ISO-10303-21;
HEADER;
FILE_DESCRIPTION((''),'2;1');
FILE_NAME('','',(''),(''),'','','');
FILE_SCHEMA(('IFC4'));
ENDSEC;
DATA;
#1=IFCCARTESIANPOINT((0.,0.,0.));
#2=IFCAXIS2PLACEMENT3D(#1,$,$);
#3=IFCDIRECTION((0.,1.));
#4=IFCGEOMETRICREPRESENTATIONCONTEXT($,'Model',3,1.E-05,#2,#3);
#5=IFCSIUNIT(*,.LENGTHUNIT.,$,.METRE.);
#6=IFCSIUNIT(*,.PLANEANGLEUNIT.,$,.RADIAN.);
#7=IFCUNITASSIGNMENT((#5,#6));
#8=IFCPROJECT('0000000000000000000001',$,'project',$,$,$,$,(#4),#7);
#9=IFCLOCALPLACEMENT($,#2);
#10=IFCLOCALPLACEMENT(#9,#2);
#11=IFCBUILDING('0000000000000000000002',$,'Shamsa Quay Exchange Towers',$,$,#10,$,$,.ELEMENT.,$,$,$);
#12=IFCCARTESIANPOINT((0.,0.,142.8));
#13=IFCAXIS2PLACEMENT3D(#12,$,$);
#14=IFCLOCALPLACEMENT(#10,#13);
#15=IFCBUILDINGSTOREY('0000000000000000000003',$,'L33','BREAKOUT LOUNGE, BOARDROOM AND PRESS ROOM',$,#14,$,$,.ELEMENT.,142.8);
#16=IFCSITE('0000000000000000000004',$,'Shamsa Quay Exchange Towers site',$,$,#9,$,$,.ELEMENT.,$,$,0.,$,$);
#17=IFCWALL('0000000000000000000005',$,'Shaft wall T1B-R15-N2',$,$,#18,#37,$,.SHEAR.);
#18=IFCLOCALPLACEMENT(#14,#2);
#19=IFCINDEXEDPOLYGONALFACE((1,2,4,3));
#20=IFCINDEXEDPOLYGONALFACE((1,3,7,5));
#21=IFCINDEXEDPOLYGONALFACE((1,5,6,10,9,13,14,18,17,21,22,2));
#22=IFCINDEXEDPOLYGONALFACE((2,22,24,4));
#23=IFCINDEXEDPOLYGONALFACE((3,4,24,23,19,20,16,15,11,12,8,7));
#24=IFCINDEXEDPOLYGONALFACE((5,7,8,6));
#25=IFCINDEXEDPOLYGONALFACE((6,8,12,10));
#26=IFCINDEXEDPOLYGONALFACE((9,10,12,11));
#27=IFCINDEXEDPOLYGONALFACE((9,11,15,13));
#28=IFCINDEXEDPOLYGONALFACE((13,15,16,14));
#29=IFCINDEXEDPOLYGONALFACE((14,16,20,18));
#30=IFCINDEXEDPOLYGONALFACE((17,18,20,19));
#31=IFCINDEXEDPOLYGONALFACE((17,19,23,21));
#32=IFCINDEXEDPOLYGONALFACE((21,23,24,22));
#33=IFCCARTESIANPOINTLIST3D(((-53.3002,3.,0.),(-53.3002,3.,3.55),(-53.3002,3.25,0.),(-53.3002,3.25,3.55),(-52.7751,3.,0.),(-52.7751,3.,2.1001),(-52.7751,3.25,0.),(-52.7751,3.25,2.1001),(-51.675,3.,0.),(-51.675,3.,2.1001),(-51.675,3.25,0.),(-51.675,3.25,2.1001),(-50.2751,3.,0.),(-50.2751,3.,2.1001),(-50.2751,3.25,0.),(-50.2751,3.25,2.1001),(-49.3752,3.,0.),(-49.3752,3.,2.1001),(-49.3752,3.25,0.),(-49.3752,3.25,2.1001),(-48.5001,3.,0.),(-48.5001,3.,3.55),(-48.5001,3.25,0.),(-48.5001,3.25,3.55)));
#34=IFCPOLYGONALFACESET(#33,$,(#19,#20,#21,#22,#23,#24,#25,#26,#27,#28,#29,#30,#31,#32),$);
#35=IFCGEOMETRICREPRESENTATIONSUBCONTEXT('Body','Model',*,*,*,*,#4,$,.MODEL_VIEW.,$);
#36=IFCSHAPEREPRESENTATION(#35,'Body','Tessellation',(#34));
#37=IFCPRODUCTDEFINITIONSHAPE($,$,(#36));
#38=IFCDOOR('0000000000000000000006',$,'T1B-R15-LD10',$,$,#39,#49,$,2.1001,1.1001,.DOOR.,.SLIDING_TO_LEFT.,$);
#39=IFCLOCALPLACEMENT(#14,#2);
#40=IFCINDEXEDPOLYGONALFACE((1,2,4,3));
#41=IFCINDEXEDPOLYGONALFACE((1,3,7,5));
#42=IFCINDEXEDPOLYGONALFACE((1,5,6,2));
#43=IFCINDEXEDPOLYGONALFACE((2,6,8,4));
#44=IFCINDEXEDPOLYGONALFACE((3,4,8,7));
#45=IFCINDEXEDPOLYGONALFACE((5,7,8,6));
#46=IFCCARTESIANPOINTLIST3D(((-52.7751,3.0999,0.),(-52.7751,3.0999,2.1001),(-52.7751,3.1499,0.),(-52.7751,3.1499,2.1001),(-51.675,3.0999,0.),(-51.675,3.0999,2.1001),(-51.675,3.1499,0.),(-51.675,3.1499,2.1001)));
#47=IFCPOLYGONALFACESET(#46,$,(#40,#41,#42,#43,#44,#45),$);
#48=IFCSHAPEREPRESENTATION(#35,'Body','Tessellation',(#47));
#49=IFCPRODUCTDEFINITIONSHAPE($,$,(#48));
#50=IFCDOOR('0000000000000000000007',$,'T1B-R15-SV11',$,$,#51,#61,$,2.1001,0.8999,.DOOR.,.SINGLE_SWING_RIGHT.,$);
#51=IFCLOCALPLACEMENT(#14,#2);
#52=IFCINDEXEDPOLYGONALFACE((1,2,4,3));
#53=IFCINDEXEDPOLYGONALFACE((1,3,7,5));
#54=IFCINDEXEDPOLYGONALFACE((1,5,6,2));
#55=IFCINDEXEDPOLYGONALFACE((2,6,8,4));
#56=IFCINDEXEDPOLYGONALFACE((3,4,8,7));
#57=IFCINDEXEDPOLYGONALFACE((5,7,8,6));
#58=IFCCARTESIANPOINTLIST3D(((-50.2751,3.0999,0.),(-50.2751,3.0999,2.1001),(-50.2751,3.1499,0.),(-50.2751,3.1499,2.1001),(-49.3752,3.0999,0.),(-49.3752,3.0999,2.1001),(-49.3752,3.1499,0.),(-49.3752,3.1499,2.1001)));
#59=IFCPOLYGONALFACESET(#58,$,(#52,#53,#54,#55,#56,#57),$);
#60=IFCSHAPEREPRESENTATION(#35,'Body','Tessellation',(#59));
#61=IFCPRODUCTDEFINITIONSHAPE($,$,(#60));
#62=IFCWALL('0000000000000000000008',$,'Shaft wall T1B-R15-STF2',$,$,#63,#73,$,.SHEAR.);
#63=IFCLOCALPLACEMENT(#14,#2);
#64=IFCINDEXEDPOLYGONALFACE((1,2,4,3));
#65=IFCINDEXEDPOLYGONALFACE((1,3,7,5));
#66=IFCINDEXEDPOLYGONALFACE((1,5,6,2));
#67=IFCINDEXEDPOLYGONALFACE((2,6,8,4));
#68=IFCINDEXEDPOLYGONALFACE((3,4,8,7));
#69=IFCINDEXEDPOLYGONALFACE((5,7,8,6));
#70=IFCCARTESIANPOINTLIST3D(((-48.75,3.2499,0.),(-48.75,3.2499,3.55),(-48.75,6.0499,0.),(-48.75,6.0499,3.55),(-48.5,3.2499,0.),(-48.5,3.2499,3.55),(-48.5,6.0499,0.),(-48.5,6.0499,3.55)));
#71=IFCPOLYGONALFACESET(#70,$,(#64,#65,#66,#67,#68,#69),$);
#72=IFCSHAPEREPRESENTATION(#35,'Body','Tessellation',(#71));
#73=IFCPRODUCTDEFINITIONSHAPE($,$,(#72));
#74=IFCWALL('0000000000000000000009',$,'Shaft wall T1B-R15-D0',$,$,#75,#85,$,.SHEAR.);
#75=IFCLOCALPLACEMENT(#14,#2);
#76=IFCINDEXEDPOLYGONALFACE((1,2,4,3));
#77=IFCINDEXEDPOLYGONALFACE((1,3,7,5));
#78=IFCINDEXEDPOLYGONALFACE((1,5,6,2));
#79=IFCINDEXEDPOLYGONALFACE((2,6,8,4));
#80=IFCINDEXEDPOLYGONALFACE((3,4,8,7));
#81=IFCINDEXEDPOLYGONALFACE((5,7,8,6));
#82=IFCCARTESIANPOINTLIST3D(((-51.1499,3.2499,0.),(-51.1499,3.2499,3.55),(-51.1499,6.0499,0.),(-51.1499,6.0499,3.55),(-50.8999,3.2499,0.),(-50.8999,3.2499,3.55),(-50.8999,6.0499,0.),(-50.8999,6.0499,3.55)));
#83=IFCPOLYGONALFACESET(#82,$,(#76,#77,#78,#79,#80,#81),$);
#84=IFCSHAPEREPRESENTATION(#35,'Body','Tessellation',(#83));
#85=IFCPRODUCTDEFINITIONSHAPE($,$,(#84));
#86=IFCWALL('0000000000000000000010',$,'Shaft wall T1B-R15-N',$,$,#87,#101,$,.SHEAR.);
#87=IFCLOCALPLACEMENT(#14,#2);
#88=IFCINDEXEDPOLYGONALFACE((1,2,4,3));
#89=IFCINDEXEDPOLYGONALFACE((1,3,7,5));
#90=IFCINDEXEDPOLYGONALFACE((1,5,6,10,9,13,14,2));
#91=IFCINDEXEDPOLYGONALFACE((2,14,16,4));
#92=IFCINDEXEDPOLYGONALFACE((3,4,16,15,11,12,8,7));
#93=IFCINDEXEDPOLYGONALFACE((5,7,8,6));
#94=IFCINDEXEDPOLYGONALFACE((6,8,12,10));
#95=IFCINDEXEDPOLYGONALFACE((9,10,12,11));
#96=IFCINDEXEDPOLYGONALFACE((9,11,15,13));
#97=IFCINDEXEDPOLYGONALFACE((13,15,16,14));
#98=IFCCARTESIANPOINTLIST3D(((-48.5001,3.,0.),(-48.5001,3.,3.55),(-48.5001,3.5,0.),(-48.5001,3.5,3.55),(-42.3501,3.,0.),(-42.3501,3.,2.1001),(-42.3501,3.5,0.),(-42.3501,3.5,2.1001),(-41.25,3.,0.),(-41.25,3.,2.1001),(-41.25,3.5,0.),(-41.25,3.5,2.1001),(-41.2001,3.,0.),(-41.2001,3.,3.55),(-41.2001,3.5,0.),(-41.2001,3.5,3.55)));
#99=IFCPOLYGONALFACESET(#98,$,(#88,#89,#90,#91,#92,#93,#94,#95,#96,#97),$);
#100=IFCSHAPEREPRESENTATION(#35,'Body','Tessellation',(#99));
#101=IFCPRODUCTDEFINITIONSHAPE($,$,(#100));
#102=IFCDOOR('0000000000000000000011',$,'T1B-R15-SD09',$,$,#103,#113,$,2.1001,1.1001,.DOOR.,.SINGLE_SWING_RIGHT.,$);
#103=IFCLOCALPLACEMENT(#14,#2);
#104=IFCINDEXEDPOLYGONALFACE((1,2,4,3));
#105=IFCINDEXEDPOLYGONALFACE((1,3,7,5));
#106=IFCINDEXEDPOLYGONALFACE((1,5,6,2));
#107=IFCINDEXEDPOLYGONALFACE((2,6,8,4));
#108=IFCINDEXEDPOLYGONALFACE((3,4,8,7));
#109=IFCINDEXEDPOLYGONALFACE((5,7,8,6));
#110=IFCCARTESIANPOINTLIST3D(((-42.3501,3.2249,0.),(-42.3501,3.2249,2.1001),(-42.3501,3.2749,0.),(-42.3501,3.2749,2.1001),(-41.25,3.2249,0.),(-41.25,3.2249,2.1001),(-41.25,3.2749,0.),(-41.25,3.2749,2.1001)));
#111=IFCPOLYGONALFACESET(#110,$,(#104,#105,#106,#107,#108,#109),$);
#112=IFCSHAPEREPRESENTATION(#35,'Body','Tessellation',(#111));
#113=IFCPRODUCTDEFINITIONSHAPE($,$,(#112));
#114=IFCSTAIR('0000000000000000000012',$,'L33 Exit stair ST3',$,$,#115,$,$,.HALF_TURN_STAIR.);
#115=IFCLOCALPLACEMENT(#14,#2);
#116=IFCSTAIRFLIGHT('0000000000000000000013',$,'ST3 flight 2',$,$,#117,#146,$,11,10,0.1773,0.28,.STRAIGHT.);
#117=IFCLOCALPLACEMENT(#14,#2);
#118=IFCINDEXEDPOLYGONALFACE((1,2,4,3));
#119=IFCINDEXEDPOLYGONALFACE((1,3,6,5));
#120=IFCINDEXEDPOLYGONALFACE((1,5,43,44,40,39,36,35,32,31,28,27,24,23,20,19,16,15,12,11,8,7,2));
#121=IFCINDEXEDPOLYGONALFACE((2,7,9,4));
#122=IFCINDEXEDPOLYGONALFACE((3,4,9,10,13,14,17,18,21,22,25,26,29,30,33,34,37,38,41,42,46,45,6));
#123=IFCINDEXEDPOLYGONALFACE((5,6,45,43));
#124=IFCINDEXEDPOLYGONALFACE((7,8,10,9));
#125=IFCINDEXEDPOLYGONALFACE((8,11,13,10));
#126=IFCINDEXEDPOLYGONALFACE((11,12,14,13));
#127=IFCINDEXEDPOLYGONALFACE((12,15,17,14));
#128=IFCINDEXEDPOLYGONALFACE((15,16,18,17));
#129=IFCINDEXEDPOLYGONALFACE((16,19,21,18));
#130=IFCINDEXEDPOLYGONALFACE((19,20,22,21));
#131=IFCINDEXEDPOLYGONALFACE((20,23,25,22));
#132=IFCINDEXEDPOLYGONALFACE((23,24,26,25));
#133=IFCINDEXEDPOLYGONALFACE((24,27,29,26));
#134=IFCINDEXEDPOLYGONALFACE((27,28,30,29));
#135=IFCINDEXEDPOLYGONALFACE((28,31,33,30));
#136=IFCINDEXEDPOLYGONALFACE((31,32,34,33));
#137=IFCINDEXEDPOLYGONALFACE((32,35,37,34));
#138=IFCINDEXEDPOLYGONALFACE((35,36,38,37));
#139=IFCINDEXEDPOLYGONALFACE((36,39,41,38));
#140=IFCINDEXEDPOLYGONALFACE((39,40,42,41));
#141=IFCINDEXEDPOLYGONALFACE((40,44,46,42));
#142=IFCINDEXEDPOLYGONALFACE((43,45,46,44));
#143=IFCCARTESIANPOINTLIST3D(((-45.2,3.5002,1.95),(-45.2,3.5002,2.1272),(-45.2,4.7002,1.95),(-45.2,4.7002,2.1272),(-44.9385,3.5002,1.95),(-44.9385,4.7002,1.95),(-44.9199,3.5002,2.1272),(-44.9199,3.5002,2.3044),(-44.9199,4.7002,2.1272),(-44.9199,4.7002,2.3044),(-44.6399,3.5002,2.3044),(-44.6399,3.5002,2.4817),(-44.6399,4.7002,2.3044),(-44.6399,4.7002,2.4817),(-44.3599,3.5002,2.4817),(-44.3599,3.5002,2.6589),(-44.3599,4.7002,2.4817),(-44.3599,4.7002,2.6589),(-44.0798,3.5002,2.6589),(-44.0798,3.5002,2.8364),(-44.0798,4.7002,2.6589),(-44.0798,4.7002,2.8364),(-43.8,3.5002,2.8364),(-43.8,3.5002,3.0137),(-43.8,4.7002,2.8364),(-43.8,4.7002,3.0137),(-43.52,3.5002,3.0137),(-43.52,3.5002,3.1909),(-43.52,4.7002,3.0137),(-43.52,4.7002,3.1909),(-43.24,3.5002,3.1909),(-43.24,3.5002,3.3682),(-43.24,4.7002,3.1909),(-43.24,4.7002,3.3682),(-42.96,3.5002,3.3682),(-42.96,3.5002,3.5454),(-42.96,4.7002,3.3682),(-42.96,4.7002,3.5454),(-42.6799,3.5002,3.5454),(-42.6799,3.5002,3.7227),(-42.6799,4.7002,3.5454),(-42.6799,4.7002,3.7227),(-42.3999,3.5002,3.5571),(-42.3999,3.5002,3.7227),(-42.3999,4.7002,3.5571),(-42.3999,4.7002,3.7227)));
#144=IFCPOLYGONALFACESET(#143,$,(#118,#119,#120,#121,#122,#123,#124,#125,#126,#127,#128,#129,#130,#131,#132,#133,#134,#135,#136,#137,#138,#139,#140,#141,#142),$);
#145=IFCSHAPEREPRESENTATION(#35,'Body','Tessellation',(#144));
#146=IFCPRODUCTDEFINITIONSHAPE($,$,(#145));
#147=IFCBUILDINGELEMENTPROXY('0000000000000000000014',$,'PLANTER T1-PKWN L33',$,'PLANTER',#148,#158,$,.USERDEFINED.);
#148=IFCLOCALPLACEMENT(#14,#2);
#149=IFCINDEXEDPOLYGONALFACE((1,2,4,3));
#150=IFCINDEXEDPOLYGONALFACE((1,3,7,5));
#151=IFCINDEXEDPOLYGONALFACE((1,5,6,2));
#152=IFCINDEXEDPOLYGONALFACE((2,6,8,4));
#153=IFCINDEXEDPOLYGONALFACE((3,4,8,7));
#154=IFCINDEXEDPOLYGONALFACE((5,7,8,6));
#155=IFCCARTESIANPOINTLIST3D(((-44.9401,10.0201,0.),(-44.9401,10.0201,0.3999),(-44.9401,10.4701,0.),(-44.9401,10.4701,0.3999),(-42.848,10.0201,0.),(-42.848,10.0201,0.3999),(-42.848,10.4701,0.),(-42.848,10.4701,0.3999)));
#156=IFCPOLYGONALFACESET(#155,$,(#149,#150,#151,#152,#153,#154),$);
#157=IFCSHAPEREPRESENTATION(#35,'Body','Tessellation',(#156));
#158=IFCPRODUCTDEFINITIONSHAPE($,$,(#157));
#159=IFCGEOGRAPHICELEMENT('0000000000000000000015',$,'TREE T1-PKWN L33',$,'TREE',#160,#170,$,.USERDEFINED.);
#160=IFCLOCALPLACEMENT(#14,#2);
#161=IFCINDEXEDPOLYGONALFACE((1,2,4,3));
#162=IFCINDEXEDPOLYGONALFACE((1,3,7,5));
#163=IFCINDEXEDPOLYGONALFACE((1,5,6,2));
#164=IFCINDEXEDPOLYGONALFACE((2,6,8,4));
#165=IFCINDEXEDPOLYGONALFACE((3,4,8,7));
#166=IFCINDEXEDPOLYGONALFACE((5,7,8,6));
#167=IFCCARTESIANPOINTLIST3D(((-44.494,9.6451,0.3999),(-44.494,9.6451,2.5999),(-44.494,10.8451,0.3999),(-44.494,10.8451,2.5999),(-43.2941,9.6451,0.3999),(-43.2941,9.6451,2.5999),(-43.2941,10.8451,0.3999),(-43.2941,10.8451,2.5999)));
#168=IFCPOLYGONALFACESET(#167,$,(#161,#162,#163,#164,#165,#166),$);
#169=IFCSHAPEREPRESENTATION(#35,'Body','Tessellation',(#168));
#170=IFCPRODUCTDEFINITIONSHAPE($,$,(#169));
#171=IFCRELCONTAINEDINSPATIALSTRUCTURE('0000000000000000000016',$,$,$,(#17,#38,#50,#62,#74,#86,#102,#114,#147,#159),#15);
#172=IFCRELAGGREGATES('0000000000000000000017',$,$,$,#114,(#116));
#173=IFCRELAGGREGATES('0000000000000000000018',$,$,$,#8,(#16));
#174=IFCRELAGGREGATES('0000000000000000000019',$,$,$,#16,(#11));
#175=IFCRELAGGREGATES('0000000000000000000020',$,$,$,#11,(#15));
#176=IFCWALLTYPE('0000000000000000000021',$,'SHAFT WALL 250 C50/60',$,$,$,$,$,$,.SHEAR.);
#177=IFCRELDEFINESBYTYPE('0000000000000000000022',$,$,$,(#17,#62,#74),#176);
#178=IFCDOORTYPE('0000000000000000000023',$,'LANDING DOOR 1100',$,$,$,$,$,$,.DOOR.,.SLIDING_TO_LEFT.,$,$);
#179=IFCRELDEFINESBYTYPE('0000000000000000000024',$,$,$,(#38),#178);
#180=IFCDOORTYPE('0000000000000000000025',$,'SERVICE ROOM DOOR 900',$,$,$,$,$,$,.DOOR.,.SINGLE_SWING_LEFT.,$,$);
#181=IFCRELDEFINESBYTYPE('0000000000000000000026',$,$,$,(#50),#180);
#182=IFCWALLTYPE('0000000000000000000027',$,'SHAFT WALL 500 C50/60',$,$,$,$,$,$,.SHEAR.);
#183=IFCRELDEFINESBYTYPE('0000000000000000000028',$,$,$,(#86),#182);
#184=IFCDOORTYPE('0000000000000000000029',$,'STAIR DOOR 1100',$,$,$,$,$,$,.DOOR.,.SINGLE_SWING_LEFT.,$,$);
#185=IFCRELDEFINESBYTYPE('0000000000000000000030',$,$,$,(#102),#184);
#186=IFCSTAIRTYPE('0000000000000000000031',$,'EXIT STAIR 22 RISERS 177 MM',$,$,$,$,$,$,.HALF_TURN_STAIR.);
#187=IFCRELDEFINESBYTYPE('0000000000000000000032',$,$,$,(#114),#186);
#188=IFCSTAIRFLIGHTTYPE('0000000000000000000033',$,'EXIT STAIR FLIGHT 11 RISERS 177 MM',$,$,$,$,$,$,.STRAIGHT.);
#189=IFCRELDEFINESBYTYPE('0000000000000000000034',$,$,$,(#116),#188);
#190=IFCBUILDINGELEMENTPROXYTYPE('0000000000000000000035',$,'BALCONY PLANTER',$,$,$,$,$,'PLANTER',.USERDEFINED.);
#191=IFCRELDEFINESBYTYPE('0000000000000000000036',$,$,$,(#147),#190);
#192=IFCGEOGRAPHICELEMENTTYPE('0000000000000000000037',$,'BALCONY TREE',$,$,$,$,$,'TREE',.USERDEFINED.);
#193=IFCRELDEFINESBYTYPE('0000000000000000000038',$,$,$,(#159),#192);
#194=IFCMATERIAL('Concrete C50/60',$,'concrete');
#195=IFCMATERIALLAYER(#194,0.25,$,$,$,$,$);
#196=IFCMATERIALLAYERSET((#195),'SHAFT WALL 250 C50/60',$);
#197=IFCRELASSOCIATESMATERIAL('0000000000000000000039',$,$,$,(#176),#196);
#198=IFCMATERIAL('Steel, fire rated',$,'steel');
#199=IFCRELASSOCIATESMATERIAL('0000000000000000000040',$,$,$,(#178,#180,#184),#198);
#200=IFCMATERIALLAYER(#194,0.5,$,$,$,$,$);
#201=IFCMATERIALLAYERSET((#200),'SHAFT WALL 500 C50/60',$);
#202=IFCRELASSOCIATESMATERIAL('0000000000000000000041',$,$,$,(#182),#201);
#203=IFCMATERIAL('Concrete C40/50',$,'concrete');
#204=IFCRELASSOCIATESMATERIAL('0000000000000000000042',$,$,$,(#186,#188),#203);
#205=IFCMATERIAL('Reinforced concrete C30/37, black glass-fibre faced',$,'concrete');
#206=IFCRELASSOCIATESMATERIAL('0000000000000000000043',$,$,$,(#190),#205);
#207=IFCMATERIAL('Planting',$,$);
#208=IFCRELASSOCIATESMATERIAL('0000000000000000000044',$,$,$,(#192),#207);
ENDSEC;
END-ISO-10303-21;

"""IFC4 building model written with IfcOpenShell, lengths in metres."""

from ifc_helpers import new_model, si_unit, direction, frame, frame_2d, origin, origin_2d, place, context, subcontext, project, spatial, polyline, rectangle, outline, extrude, material, layer, layer_set, type_object, element, fill, aggregate, save


model = new_model("IFC4")

# Units and contexts
model_context = context("Model", 3, precision=1e-05, world=origin(), true_north=direction((0.0, 1.0)))
body_context = subcontext(model_context, "Body", "Model", "MODEL_VIEW")
ifc_project = project(units=[si_unit("LENGTHUNIT", "METRE"), si_unit("PLANEANGLEUNIT", "RADIAN")], contexts=[model_context])

# Site, building, storey
site_placement = place(None, origin())
site = spatial("IfcSite", under=ifc_project, at=site_placement, Name="Shamsa Quay Exchange Towers site", CompositionType="ELEMENT", RefElevation=0.0)
building_placement = place(site_placement, origin())
building = spatial("IfcBuilding", under=site, at=building_placement, Name="Shamsa Quay Exchange Towers", CompositionType="ELEMENT")
storey_placement = place(building_placement, frame((0.0, 0.0, 142.8)))
storey = spatial("IfcBuildingStorey", under=building, at=storey_placement, Name="L33", Description="BREAKOUT LOUNGE, BOARDROOM AND PRESS ROOM", CompositionType="ELEMENT", Elevation=142.8)

# Shared definitions
ifc_material_1 = material(Name="Concrete C50/60", Category="concrete")
ifc_layer_1 = layer(ifc_material_1, 0.25)
ifc_layer_set_1 = layer_set([ifc_layer_1], Name="SHAFT WALL 250 C50/60")
wall_type_1 = type_object("IfcWallType", Name="SHAFT WALL 250 C50/60", PredefinedType="SHEAR", material=ifc_layer_set_1)
ifc_material_2 = material(Name="Steel, fire rated", Category="steel")

# Wall, openings, doors
wall_1_placement = place(storey_placement, frame((-53.3, 3.125, 0.0)))
wall_1 = element("IfcWall", 1, at=wall_1_placement, inside=storey, type_object=wall_type_1, Name="Shaft wall T1B-R15-N2", PredefinedType="SHEAR", context=body_context, shape_type="SweptSolid", body=[
    extrude(rectangle(XDim=4.8, YDim=0.25, at=frame_2d((2.3999, 0.0))), origin(), (0.0, 0.0, 1.0), 3.55),
])
opening_1_placement = place(wall_1_placement, frame((0.5249, 0.0, 0.0)))
opening_1 = element("IfcOpeningElement", 2, at=opening_1_placement, cuts=wall_1, PredefinedType="OPENING", context=body_context, shape_type="SweptSolid", body=[
    extrude(rectangle(XDim=1.1001, YDim=2.1001, at=frame_2d((0.55, 1.05))), frame((0.0, 0.135, 0.0), z_axis=(0.0, -1.0, 0.0), x_axis=(1.0, 0.0, 0.0)), (0.0, 0.0, 1.0), 0.27),
])
opening_2_placement = place(wall_1_placement, frame((3.0249, 0.0, 0.0)))
opening_2 = element("IfcOpeningElement", 3, at=opening_2_placement, cuts=wall_1, PredefinedType="OPENING", context=body_context, shape_type="SweptSolid", body=[
    extrude(rectangle(XDim=0.8999, YDim=2.1001, at=frame_2d((0.45, 1.05))), frame((0.0, 0.135, 0.0), z_axis=(0.0, -1.0, 0.0), x_axis=(1.0, 0.0, 0.0)), (0.0, 0.0, 1.0), 0.27),
])
door_type_1 = type_object("IfcDoorType", Name="LANDING DOOR 1100", OperationType="SLIDING_TO_LEFT", PredefinedType="DOOR", material=ifc_material_2)
door_1_placement = place(opening_1_placement, origin())
door_1 = element("IfcDoor", 4, at=door_1_placement, inside=storey, type_object=door_type_1, Name="T1B-R15-LD10", OperationType="SLIDING_TO_LEFT", OverallHeight=2.1001, OverallWidth=1.1001, PredefinedType="DOOR", context=body_context, shape_type="SweptSolid", body=[
    extrude(rectangle(XDim=1.1001, YDim=2.1001, at=frame_2d((0.55, 1.05))), frame((0.0, 0.0249, 0.0), z_axis=(0.0, -1.0, 0.0), x_axis=(1.0, 0.0, 0.0)), (0.0, 0.0, 1.0), 0.05),
])
fill(opening_1, door_1)
door_type_2 = type_object("IfcDoorType", Name="SERVICE ROOM DOOR 900", OperationType="SINGLE_SWING_LEFT", PredefinedType="DOOR", material=ifc_material_2)
door_2_placement = place(opening_2_placement, origin())
door_2 = element("IfcDoor", 5, at=door_2_placement, inside=storey, type_object=door_type_2, Name="T1B-R15-SV11", OperationType="SINGLE_SWING_RIGHT", OverallHeight=2.1001, OverallWidth=0.8999, PredefinedType="DOOR", context=body_context, shape_type="SweptSolid", body=[
    extrude(rectangle(XDim=0.8999, YDim=2.1001, at=frame_2d((0.45, 1.05))), frame((0.0, 0.0249, 0.0), z_axis=(0.0, -1.0, 0.0), x_axis=(1.0, 0.0, 0.0)), (0.0, 0.0, 1.0), 0.05),
])
fill(opening_2, door_2)

# Walls
for number, where, z_axis, x_axis, name in (
    (6, (-48.625, 3.25, 0.0), (0.0, 0.0, 1.0), (0.0, 1.0, 0.0), "Shaft wall T1B-R15-STF2"),
    (7, (-51.0249, 3.25, 0.0), (0.0, 0.0, 1.0), (0.0, 1.0, 0.0), "Shaft wall T1B-R15-D0"),
):
    element("IfcWall", number, at=place(storey_placement, frame(where, z_axis=z_axis, x_axis=x_axis)), inside=storey, type_object=wall_type_1, Name=name, PredefinedType="SHEAR", context=body_context, shape_type="SweptSolid", body=[
        extrude(rectangle(XDim=2.8, YDim=0.25, at=frame_2d((1.3999, 0.0))), origin(), (0.0, 0.0, 1.0), 3.55),
    ])

# Wall, opening, door
ifc_layer_2 = layer(ifc_material_1, 0.5)
ifc_layer_set_2 = layer_set([ifc_layer_2], Name="SHAFT WALL 500 C50/60")
wall_type_2 = type_object("IfcWallType", Name="SHAFT WALL 500 C50/60", PredefinedType="SHEAR", material=ifc_layer_set_2)
wall_2_placement = place(storey_placement, frame((-48.5, 3.25, 0.0)))
wall_2 = element("IfcWall", 8, at=wall_2_placement, inside=storey, type_object=wall_type_2, Name="Shaft wall T1B-R15-N", PredefinedType="SHEAR", context=body_context, shape_type="SweptSolid", body=[
    extrude(rectangle(XDim=7.3, YDim=0.5, at=frame_2d((3.6499, 0.0))), origin(), (0.0, 0.0, 1.0), 3.55),
])
opening_3_placement = place(wall_2_placement, frame((6.1499, 0.0, 0.0)))
opening_3 = element("IfcOpeningElement", 9, at=opening_3_placement, cuts=wall_2, PredefinedType="OPENING", context=body_context, shape_type="SweptSolid", body=[
    extrude(rectangle(XDim=1.1001, YDim=2.1001, at=frame_2d((0.55, 1.05))), frame((0.0, 0.26, 0.0), z_axis=(0.0, -1.0, 0.0), x_axis=(1.0, 0.0, 0.0)), (0.0, 0.0, 1.0), 0.52),
])
door_type_3 = type_object("IfcDoorType", Name="STAIR DOOR 1100", OperationType="SINGLE_SWING_LEFT", PredefinedType="DOOR", material=ifc_material_2)
door_3_placement = place(opening_3_placement, origin())
door_3 = element("IfcDoor", 10, at=door_3_placement, inside=storey, type_object=door_type_3, Name="T1B-R15-SD09", OperationType="SINGLE_SWING_RIGHT", OverallHeight=2.1001, OverallWidth=1.1001, PredefinedType="DOOR", context=body_context, shape_type="SweptSolid", body=[
    extrude(rectangle(XDim=1.1001, YDim=2.1001, at=frame_2d((0.55, 1.05))), frame((0.0, 0.0249, 0.0), z_axis=(0.0, -1.0, 0.0), x_axis=(1.0, 0.0, 0.0)), (0.0, 0.0, 1.0), 0.05),
])
fill(opening_3, door_3)

# Stair, stair flight
ifc_material_3 = material(Name="Concrete C40/50", Category="concrete")
stair_type = type_object("IfcStairType", Name="EXIT STAIR 22 RISERS 177 MM", PredefinedType="HALF_TURN_STAIR", material=ifc_material_3)
stair_placement = place(storey_placement, origin())
stair = element("IfcStair", 11, at=stair_placement, inside=storey, type_object=stair_type, Name="L33 Exit stair ST3", PredefinedType="HALF_TURN_STAIR")
stair_flight_type = type_object("IfcStairFlightType", Name="EXIT STAIR FLIGHT 11 RISERS 177 MM", PredefinedType="STRAIGHT", material=ifc_material_3)
stair_flight_placement = place(storey_placement, frame((-45.2, 4.1001, 1.95)))
stair_flight = element("IfcStairFlight", 12, at=stair_flight_placement, type_object=stair_flight_type, Name="ST3 flight 2", NumberOfRisers=11, NumberOfTreads=10, PredefinedType="STRAIGHT", RiserHeight=0.1773, TreadLength=0.28, context=body_context, shape_type="SweptSolid", body=[
    extrude(outline(polyline([(0.0, 0.0), (0.0, 0.1772), (0.28, 0.1772), (0.28, 0.3545), (0.5601, 0.3545), (0.5601, 0.5317), (0.8401, 0.5317), (0.8401, 0.709), (1.1201, 0.709), (1.1201, 0.8865), (1.3999, 0.8865), (1.3999, 1.0637), (1.6799, 1.0637), (1.6799, 1.241), (1.96, 1.241), (1.96, 1.4182), (2.24, 1.4182), (2.24, 1.5955), (2.52, 1.5955), (2.52, 1.7727), (2.8, 1.7727), (2.8, 1.95), (2.8, 1.6072), (0.2615, 0.0), (0.0, 0.0)])), frame((0.0, 0.6001, 0.0), z_axis=(0.0, -1.0, 0.0), x_axis=(1.0, 0.0, 0.0)), (0.0, 0.0, 1.0), 1.2),
])
aggregate(stair, [stair_flight])

# Building element proxy
ifc_material_4 = material(Name="Reinforced concrete C30/37, black glass-fibre faced", Category="concrete")
building_element_proxy_type = type_object("IfcBuildingElementProxyType", Name="BALCONY PLANTER", ElementType="PLANTER", PredefinedType="USERDEFINED", material=ifc_material_4)
proxy_placement = place(storey_placement, frame((-43.894, 10.2451, 0.0), z_axis=(0.0, 0.0, 1.0), x_axis=(-1.0, 0.0, 0.0)))
element("IfcBuildingElementProxy", 13, at=proxy_placement, inside=storey, type_object=building_element_proxy_type, Name="PLANTER T1-PKWN L33", ObjectType="PLANTER", PredefinedType="USERDEFINED", context=body_context, shape_type="SweptSolid", body=[
    extrude(rectangle(XDim=2.092, YDim=0.45, at=origin_2d()), origin(), (0.0, 0.0, 1.0), 0.3999),
])

# Geographic element
ifc_material_5 = material(Name="Planting")
geographic_element_type = type_object("IfcGeographicElementType", Name="BALCONY TREE", ElementType="TREE", PredefinedType="USERDEFINED", material=ifc_material_5)
geographic_element_placement = place(storey_placement, frame((-43.894, 10.2451, 0.3999), z_axis=(0.0, 0.0, 1.0), x_axis=(-1.0, 0.0, 0.0)))
element("IfcGeographicElement", 14, at=geographic_element_placement, inside=storey, type_object=geographic_element_type, Name="TREE T1-PKWN L33", ObjectType="TREE", PredefinedType="USERDEFINED", context=body_context, shape_type="SweptSolid", body=[
    extrude(rectangle(XDim=1.2, YDim=1.2, at=origin_2d()), origin(), (0.0, 0.0, 1.0), 2.2),
])

save(model, "model.ifc")
